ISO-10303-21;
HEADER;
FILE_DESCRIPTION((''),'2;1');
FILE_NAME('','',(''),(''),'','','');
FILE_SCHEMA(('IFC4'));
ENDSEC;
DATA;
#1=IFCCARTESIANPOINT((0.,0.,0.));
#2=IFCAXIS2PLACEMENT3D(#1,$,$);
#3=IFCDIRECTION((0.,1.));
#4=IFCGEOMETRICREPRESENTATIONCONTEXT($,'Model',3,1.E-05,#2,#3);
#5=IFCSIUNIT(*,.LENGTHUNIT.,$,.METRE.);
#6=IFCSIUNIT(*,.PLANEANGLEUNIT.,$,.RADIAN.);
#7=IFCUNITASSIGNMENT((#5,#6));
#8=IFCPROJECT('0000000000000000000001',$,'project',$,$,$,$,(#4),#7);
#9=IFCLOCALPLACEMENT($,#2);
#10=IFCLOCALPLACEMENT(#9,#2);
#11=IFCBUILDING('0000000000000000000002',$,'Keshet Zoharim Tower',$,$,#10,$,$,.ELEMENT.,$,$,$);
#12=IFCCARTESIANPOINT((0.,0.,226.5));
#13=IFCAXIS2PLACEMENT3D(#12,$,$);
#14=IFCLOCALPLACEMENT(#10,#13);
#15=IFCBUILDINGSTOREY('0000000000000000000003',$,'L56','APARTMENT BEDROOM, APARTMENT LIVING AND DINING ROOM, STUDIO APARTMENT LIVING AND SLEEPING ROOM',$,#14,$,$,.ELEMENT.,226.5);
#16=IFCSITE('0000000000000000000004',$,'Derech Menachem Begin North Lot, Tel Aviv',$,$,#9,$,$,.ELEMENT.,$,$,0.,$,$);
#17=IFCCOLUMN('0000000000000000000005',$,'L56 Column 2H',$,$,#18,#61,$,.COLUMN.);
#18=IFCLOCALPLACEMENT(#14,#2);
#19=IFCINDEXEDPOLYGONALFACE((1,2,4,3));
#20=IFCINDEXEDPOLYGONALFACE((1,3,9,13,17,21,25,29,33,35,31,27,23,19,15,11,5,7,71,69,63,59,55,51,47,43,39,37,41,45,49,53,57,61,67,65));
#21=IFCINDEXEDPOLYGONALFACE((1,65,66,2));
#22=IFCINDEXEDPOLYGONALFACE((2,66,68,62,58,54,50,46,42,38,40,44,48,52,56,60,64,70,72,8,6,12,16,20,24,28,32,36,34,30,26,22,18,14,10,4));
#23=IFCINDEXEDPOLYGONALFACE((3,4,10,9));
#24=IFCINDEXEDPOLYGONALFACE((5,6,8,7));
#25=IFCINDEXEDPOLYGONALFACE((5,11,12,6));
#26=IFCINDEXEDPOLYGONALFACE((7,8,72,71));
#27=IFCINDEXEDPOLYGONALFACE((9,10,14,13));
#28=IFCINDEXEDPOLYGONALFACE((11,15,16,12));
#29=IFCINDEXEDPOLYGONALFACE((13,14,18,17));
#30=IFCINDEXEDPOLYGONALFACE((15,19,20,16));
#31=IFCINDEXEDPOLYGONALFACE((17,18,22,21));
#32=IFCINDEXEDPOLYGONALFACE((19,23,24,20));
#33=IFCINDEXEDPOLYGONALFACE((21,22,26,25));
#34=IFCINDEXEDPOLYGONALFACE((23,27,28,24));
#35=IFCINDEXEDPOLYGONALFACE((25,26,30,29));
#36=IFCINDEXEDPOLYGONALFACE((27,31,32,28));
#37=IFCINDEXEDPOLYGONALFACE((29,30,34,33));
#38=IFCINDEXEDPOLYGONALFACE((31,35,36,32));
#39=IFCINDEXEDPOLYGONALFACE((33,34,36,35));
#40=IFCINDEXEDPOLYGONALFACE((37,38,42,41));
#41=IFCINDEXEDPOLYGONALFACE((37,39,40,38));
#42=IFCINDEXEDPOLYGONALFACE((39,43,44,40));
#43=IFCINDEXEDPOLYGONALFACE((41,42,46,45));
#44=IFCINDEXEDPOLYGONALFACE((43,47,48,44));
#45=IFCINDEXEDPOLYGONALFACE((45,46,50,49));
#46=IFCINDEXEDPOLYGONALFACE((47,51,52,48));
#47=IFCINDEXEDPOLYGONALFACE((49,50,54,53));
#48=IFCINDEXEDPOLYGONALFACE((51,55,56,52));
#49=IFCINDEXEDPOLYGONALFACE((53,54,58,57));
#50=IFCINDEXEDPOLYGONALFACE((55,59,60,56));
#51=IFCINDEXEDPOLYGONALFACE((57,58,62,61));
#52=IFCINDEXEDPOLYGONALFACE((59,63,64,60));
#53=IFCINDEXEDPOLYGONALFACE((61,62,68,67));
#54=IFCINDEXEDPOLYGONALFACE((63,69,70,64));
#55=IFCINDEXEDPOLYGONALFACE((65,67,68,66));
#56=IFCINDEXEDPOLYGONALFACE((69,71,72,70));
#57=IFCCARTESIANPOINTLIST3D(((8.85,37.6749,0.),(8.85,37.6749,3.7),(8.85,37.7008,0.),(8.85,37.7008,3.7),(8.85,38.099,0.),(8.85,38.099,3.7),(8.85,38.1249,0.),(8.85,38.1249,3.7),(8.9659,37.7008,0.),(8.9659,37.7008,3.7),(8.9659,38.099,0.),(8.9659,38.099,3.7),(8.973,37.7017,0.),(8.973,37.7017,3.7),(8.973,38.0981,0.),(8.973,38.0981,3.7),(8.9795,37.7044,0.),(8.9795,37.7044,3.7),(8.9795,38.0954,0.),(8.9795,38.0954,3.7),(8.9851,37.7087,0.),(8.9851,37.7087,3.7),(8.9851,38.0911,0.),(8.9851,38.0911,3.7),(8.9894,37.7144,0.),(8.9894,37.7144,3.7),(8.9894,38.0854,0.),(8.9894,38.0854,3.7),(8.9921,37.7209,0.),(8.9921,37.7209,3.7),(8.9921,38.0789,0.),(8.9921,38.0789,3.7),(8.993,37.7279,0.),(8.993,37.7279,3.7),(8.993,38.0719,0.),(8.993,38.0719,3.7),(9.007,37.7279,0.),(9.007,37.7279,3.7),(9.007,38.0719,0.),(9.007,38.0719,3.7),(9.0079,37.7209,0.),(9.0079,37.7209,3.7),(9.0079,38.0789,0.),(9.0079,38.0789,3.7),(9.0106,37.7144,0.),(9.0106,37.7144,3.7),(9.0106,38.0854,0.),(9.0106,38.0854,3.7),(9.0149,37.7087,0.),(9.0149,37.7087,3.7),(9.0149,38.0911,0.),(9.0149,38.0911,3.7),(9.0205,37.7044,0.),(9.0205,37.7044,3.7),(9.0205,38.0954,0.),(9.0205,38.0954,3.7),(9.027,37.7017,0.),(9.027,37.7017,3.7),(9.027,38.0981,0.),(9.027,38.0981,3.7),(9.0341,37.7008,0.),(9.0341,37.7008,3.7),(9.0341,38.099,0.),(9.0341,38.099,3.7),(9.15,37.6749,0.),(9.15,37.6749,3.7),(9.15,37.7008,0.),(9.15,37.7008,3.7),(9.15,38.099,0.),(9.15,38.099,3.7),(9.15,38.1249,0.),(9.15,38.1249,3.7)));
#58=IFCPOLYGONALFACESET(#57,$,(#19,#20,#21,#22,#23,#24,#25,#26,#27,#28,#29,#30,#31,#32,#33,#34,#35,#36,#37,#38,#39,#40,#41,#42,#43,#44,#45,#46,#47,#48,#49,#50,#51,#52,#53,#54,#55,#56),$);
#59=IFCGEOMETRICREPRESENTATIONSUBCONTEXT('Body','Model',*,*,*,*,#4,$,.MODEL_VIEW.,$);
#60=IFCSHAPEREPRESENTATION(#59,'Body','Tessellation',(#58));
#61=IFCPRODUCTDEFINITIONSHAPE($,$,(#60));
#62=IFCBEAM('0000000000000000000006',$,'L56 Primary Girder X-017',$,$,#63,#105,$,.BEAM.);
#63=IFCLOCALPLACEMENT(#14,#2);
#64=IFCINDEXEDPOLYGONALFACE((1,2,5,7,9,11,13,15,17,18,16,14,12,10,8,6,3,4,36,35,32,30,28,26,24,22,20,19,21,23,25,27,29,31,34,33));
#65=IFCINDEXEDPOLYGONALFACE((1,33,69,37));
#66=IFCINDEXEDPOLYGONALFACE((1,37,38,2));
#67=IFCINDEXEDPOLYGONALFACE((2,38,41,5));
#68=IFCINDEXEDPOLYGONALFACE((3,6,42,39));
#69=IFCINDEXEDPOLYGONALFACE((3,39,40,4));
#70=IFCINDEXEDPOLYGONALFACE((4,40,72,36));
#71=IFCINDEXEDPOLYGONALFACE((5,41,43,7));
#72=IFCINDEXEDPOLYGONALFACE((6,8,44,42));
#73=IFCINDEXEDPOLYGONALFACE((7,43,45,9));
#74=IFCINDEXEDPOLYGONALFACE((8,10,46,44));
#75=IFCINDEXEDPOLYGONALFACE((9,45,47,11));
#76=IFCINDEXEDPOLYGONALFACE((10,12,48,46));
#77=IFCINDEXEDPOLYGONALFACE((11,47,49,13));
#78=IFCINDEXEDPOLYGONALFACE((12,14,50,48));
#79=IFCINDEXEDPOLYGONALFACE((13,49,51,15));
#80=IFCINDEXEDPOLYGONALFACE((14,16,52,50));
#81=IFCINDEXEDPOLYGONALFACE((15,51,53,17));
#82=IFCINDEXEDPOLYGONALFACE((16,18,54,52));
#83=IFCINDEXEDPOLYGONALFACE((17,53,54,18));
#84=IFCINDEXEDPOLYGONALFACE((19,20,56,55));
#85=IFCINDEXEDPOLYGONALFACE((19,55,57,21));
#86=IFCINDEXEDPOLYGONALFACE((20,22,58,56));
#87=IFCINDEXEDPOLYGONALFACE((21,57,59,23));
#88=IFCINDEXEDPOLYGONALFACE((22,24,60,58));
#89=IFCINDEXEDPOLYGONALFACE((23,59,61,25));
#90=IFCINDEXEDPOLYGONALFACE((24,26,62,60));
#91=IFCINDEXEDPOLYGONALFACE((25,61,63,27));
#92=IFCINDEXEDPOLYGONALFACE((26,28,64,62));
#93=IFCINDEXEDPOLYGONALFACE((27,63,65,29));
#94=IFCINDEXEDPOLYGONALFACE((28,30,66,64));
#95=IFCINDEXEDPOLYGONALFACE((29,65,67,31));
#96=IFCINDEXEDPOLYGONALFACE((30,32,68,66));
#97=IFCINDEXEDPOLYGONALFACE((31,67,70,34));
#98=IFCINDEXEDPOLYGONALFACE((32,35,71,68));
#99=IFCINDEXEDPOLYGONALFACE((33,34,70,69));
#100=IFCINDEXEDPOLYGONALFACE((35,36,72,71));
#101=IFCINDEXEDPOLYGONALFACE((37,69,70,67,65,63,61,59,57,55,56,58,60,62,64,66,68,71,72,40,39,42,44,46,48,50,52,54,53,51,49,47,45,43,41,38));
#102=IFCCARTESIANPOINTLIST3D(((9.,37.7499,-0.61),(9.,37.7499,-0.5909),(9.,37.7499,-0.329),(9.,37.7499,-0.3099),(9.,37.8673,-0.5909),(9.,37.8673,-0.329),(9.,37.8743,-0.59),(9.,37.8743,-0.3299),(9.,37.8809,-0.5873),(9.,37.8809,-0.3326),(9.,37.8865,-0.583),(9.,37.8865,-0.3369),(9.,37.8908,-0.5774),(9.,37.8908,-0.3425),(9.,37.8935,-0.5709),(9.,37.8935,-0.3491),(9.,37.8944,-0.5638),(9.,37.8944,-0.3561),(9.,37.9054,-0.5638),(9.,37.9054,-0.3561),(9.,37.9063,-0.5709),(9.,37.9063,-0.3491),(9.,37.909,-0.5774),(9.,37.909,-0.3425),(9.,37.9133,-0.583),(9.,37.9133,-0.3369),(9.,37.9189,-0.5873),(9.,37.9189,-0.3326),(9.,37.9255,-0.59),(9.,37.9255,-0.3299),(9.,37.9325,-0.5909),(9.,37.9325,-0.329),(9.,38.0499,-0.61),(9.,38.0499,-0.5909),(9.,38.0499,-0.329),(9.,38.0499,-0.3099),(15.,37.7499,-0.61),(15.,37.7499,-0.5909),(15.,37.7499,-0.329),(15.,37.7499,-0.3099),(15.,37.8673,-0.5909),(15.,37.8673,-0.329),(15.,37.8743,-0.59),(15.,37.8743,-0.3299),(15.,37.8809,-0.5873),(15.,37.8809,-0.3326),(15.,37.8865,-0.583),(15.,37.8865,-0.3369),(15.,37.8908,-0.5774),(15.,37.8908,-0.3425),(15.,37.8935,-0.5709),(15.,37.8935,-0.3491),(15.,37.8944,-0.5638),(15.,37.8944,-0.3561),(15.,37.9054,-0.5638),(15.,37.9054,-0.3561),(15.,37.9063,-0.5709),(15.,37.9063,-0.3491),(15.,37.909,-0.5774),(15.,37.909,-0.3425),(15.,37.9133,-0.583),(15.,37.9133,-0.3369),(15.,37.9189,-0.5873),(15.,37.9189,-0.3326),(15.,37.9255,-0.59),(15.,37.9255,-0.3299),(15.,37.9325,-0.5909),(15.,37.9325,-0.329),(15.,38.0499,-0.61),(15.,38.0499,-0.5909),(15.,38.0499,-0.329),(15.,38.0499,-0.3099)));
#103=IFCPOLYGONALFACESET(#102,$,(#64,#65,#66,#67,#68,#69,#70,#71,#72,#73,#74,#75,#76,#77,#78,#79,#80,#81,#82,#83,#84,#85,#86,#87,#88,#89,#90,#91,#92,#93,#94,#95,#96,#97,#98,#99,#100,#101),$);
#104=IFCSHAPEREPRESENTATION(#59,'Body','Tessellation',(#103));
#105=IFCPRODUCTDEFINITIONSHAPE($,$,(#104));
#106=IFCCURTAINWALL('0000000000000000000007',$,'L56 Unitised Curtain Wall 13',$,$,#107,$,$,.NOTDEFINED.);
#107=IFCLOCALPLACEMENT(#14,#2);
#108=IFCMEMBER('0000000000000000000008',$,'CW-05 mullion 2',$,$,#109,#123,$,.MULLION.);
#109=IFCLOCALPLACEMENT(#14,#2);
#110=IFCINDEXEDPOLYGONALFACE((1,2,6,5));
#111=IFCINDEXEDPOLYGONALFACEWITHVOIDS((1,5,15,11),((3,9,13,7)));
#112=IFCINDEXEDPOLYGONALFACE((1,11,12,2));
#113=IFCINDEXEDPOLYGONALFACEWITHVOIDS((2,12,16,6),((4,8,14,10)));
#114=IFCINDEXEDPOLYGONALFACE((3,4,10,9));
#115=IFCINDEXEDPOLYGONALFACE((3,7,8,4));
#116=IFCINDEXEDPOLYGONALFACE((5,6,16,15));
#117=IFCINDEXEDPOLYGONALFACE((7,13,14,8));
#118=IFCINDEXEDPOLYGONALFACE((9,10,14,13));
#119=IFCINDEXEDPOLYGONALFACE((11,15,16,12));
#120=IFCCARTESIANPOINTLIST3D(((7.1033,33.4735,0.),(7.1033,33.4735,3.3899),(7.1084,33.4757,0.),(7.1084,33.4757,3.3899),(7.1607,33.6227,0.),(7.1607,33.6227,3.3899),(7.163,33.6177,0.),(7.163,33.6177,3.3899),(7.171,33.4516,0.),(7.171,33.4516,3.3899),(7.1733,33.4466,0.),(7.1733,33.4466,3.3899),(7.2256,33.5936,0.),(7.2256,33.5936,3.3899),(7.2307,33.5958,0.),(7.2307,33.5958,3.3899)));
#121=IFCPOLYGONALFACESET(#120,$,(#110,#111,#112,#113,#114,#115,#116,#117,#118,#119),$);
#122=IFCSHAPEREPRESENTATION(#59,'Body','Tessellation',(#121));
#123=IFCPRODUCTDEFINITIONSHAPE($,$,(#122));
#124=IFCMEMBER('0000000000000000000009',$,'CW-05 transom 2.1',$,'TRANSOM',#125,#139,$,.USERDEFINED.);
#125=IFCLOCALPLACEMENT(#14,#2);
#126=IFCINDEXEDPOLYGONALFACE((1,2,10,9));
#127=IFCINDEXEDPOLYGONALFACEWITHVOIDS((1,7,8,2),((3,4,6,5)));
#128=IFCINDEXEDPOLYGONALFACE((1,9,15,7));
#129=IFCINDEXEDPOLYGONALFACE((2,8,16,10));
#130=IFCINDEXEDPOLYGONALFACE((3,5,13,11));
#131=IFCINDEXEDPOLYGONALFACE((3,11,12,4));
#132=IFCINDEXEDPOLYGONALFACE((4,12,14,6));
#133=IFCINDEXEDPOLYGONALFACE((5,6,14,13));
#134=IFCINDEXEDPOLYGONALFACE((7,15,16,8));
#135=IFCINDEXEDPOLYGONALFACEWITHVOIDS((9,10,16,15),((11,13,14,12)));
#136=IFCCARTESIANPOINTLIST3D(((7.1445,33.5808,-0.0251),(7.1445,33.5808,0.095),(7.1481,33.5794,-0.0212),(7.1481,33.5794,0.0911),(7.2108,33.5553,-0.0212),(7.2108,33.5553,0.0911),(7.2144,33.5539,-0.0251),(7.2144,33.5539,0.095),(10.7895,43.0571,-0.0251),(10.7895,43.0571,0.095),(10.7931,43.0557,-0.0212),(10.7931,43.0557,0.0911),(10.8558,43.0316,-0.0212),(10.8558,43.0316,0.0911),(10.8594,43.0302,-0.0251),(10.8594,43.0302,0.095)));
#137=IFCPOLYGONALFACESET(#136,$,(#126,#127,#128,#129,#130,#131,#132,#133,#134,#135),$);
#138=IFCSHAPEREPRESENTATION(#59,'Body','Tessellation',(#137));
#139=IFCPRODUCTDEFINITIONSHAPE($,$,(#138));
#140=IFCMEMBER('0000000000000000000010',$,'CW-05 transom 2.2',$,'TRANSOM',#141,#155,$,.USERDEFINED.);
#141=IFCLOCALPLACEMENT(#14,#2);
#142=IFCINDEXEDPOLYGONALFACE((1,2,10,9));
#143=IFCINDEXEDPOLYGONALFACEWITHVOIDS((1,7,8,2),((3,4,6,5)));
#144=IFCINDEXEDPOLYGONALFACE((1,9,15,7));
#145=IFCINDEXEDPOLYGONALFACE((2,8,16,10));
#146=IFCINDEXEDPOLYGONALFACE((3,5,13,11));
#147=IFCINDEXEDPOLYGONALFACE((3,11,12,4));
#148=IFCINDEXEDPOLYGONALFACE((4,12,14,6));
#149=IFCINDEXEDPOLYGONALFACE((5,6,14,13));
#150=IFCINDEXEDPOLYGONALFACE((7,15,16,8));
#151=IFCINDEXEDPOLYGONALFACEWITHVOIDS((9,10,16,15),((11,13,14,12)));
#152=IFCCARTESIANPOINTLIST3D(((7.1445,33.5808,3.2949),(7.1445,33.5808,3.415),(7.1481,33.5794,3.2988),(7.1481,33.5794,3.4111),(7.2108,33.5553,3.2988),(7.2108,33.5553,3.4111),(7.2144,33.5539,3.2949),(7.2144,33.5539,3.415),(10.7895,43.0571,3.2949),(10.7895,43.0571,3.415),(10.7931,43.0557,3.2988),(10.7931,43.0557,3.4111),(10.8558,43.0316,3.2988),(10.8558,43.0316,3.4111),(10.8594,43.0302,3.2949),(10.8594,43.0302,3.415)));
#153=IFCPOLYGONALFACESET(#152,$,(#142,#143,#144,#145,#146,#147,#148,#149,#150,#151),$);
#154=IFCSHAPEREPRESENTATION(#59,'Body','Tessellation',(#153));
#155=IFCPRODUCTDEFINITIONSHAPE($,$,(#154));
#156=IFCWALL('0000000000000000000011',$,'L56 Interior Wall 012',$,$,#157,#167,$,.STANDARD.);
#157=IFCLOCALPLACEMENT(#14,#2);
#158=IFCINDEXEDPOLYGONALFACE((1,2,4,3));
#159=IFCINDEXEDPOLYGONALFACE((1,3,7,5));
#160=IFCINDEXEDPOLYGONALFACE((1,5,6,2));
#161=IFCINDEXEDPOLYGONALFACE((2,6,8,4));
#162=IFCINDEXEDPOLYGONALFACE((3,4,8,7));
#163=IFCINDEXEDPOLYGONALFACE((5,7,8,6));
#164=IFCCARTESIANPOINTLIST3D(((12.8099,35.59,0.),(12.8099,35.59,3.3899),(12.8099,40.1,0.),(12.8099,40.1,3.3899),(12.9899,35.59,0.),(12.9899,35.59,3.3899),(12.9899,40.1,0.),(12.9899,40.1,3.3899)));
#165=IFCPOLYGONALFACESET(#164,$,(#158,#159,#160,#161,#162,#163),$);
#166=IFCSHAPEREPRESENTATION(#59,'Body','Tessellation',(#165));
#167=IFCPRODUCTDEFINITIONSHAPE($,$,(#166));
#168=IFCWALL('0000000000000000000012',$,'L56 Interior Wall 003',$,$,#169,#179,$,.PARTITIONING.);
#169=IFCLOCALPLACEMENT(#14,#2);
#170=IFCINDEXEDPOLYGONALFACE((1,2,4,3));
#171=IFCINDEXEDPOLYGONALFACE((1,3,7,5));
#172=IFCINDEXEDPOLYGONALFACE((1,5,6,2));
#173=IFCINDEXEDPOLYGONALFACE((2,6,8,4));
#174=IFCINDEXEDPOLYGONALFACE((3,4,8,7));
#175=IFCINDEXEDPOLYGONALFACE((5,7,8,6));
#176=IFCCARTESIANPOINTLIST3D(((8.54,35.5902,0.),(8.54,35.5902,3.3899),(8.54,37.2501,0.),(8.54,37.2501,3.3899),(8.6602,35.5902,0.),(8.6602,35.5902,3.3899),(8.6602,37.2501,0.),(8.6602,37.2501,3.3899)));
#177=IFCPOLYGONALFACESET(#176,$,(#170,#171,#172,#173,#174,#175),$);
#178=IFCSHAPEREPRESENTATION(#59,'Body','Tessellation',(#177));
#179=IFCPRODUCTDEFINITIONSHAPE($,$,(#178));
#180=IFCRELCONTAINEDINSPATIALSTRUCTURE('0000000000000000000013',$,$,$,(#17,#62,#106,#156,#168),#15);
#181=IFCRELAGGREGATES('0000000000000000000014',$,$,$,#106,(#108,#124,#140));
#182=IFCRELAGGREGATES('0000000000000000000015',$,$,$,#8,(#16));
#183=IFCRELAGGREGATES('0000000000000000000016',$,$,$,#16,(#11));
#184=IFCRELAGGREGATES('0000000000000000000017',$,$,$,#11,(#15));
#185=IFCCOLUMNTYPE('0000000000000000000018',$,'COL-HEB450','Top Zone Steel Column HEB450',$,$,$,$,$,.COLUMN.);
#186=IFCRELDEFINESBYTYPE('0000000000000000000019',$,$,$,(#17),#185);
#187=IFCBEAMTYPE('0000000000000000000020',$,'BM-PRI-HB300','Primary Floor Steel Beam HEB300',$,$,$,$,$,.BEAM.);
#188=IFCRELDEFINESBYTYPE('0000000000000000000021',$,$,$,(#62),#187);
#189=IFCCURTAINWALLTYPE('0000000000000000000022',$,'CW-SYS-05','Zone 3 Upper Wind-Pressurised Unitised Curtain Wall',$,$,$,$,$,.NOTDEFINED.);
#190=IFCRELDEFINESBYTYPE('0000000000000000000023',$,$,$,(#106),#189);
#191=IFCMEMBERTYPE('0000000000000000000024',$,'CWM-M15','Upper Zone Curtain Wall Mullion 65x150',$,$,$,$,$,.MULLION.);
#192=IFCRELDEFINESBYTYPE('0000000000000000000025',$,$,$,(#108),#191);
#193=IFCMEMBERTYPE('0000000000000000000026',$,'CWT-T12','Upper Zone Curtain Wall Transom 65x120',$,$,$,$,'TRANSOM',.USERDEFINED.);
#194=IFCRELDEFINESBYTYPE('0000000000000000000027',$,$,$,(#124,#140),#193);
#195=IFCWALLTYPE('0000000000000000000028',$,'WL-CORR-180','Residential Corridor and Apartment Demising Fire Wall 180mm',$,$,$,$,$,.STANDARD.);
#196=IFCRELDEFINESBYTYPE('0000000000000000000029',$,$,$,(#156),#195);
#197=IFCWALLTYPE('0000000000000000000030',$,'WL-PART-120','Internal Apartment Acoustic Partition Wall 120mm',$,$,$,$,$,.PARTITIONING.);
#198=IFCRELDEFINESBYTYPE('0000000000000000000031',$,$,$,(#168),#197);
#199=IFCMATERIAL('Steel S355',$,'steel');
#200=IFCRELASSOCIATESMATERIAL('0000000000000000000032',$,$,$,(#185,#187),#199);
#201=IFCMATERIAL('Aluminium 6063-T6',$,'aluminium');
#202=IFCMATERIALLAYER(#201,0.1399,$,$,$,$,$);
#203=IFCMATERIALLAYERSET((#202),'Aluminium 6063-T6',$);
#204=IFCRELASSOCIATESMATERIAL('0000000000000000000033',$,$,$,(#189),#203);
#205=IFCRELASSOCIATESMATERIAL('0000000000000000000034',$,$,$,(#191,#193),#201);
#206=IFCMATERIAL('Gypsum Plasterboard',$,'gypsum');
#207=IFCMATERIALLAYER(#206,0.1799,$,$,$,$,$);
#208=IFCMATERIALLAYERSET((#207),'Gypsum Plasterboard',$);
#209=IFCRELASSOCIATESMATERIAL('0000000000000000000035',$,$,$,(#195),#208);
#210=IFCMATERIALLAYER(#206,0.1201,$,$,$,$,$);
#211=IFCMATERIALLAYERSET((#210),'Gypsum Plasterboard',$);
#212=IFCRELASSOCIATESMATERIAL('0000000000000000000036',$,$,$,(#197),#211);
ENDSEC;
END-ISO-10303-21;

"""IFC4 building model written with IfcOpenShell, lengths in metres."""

from ifc_helpers import new_model, si_unit, direction, frame, frame_2d, origin, origin_2d, place, context, subcontext, project, spatial, rectangle, hollow_rectangle, i_section, extrude, material, layer, layer_set, material_profile, profile_set, type_object, element, aggregate, save


model = new_model("IFC4")

# Units and contexts
model_context = context("Model", 3, precision=1e-05, world=origin(), true_north=direction((0.0, 1.0)))
body_context = subcontext(model_context, "Body", "Model", "MODEL_VIEW")
ifc_project = project(units=[si_unit("LENGTHUNIT", "METRE"), si_unit("PLANEANGLEUNIT", "RADIAN")], contexts=[model_context])

# Site, building, storey
site_placement = place(None, origin())
site = spatial("IfcSite", under=ifc_project, at=site_placement, Name="Derech Menachem Begin North Lot, Tel Aviv", CompositionType="ELEMENT", RefElevation=0.0)
building_placement = place(site_placement, origin())
building = spatial("IfcBuilding", under=site, at=building_placement, Name="Keshet Zoharim Tower", CompositionType="ELEMENT")
storey_placement = place(building_placement, frame((0.0, 0.0, 226.5)))
storey = spatial("IfcBuildingStorey", under=building, at=storey_placement, Name="L56", Description="APARTMENT BEDROOM, APARTMENT LIVING AND DINING ROOM, STUDIO APARTMENT LIVING AND SLEEPING ROOM", CompositionType="ELEMENT", Elevation=226.5)

# Column
ifc_material_1 = material(Name="Steel S355", Category="steel")
ifc_material_profile_1 = material_profile(ifc_material_1, i_section(OverallWidth=0.3, OverallDepth=0.45, WebThickness=0.0139, FlangeThickness=0.0259, FilletRadius=0.0271, at=origin_2d()), Name="HEB450")
ifc_profile_set_1 = profile_set([ifc_material_profile_1], Name="Steel S355")
column_type = type_object("IfcColumnType", Name="COL-HEB450", Description="Top Zone Steel Column HEB450", PredefinedType="COLUMN", material=ifc_profile_set_1)
column_placement = place(storey_placement, frame((9.0, 37.8999, 0.0), z_axis=(0.0, 0.0, 1.0), x_axis=(1.0, 0.0, 0.0)))
element("IfcColumn", 1, at=column_placement, inside=storey, type_object=column_type, Name="L56 Column 2H", PredefinedType="COLUMN", context=body_context, shape_type="SweptSolid", body=[
    extrude(i_section(OverallWidth=0.3, OverallDepth=0.45, WebThickness=0.0139, FlangeThickness=0.0259, FilletRadius=0.0271, at=origin_2d()), origin(), (0.0, 0.0, 1.0), 3.7),
])

# Beam
ifc_material_profile_2 = material_profile(ifc_material_1, i_section(OverallWidth=0.3, OverallDepth=0.3, WebThickness=0.011, FlangeThickness=0.019, FilletRadius=0.0271, at=origin_2d()), Name="HEB300")
ifc_profile_set_2 = profile_set([ifc_material_profile_2], Name="Steel S355")
beam_type = type_object("IfcBeamType", Name="BM-PRI-HB300", Description="Primary Floor Steel Beam HEB300", PredefinedType="BEAM", material=ifc_profile_set_2)
beam_placement = place(storey_placement, frame((9.0, 37.8999, -0.46), z_axis=(1.0, 0.0, 0.0), x_axis=(0.0, 1.0, 0.0)))
element("IfcBeam", 2, at=beam_placement, inside=storey, type_object=beam_type, Name="L56 Primary Girder X-017", PredefinedType="BEAM", context=body_context, shape_type="SweptSolid", body=[
    extrude(i_section(OverallWidth=0.3, OverallDepth=0.3, WebThickness=0.011, FlangeThickness=0.019, FilletRadius=0.0271, at=origin_2d()), origin(), (0.0, 0.0, 1.0), 6.0),
])

# Curtain wall, members
ifc_material_2 = material(Name="Aluminium 6063-T6", Category="aluminium")
ifc_layer_1 = layer(ifc_material_2, 0.1399)
ifc_layer_set_1 = layer_set([ifc_layer_1], Name="Aluminium 6063-T6")
curtain_wall_type = type_object("IfcCurtainWallType", Name="CW-SYS-05", Description="Zone 3 Upper Wind-Pressurised Unitised Curtain Wall", PredefinedType="NOTDEFINED", material=ifc_layer_set_1)
curtain_wall_placement = place(storey_placement, origin())
curtain_wall = element("IfcCurtainWall", 3, at=curtain_wall_placement, inside=storey, type_object=curtain_wall_type, Name="L56 Unitised Curtain Wall 13", PredefinedType="NOTDEFINED")
ifc_material_profile_3 = material_profile(ifc_material_2, hollow_rectangle(XDim=0.075, YDim=0.1599, WallThickness=0.0039, at=origin_2d()), Name="MUL-75x160")
ifc_profile_set_3 = profile_set([ifc_material_profile_3], Name="Aluminium 6063-T6")
member_type_1 = type_object("IfcMemberType", Name="CWM-M15", Description="Upper Zone Curtain Wall Mullion 65x150", PredefinedType="MULLION", material=ifc_profile_set_3)
member_1_placement = place(storey_placement, frame((7.167, 33.5347, 0.0), z_axis=(0.0, 0.0, 1.0), x_axis=(-0.933341, 0.35899, 0.0)))
member_1 = element("IfcMember", 4, at=member_1_placement, type_object=member_type_1, Name="CW-05 mullion 2", PredefinedType="MULLION", context=body_context, shape_type="SweptSolid", body=[
    extrude(hollow_rectangle(XDim=0.075, YDim=0.1599, WallThickness=0.0039, at=origin_2d()), origin(), (0.0, 0.0, 1.0), 3.3899),
])
ifc_material_profile_4 = material_profile(ifc_material_2, hollow_rectangle(XDim=0.075, YDim=0.1201, WallThickness=0.0039, at=origin_2d()), Name="TRN-75x120")
ifc_profile_set_4 = profile_set([ifc_material_profile_4], Name="Aluminium 6063-T6")
member_type_2 = type_object("IfcMemberType", Name="CWT-T12", Description="Upper Zone Curtain Wall Transom 65x120", ElementType="TRANSOM", PredefinedType="USERDEFINED", material=ifc_profile_set_4)
member_2_placement = place(storey_placement, frame((7.1794, 33.5674, 0.0349), z_axis=(0.359003, 0.933336, 0.0), x_axis=(-0.933336, 0.359003, 0.0)))
member_2 = element("IfcMember", 5, at=member_2_placement, type_object=member_type_2, Name="CW-05 transom 2.1", ObjectType="TRANSOM", PredefinedType="USERDEFINED", context=body_context, shape_type="SweptSolid", body=[
    extrude(hollow_rectangle(XDim=0.075, YDim=0.1201, WallThickness=0.0039, at=origin_2d()), origin(), (0.0, 0.0, 1.0), 10.1531),
])
member_3_placement = place(storey_placement, frame((7.1794, 33.5674, 3.355), z_axis=(0.359003, 0.933336, 0.0), x_axis=(-0.933336, 0.359003, 0.0)))
member_3 = element("IfcMember", 6, at=member_3_placement, type_object=member_type_2, Name="CW-05 transom 2.2", ObjectType="TRANSOM", PredefinedType="USERDEFINED", context=body_context, shape_type="SweptSolid", body=[
    extrude(hollow_rectangle(XDim=0.075, YDim=0.1201, WallThickness=0.0039, at=origin_2d()), origin(), (0.0, 0.0, 1.0), 10.1531),
])
aggregate(curtain_wall, [member_1, member_2, member_3])

# Shared definitions
ifc_material_3 = material(Name="Gypsum Plasterboard", Category="gypsum")
ifc_layer_2 = layer(ifc_material_3, 0.1799)
ifc_layer_set_2 = layer_set([ifc_layer_2], Name="Gypsum Plasterboard")
wall_type_1 = type_object("IfcWallType", Name="WL-CORR-180", Description="Residential Corridor and Apartment Demising Fire Wall 180mm", PredefinedType="STANDARD", material=ifc_layer_set_2)

# Walls
wall_1_placement = place(storey_placement, frame((12.8999, 35.5901, 0.0), z_axis=(0.0, 0.0, 1.0), x_axis=(0.0, 1.0, 0.0)))
element("IfcWall", 7, at=wall_1_placement, inside=storey, type_object=wall_type_1, Name="L56 Interior Wall 012", PredefinedType="STANDARD", context=body_context, shape_type="SweptSolid", body=[
    extrude(rectangle(XDim=4.51, YDim=0.1799, at=frame_2d((2.2549, 0.0))), origin(), (0.0, 0.0, 1.0), 3.3899),
])
ifc_layer_3 = layer(ifc_material_3, 0.1201)
ifc_layer_set_3 = layer_set([ifc_layer_3], Name="Gypsum Plasterboard")
wall_type_2 = type_object("IfcWallType", Name="WL-PART-120", Description="Internal Apartment Acoustic Partition Wall 120mm", PredefinedType="PARTITIONING", material=ifc_layer_set_3)
wall_2_placement = place(storey_placement, frame((8.6001, 35.5901, 0.0), z_axis=(0.0, 0.0, 1.0), x_axis=(0.0, 1.0, 0.0)))
element("IfcWall", 8, at=wall_2_placement, inside=storey, type_object=wall_type_2, Name="L56 Interior Wall 003", PredefinedType="PARTITIONING", context=body_context, shape_type="SweptSolid", body=[
    extrude(rectangle(XDim=1.6599, YDim=0.1201, at=frame_2d((0.8301, 0.0))), origin(), (0.0, 0.0, 1.0), 3.3899),
])

save(model, "model.ifc")
